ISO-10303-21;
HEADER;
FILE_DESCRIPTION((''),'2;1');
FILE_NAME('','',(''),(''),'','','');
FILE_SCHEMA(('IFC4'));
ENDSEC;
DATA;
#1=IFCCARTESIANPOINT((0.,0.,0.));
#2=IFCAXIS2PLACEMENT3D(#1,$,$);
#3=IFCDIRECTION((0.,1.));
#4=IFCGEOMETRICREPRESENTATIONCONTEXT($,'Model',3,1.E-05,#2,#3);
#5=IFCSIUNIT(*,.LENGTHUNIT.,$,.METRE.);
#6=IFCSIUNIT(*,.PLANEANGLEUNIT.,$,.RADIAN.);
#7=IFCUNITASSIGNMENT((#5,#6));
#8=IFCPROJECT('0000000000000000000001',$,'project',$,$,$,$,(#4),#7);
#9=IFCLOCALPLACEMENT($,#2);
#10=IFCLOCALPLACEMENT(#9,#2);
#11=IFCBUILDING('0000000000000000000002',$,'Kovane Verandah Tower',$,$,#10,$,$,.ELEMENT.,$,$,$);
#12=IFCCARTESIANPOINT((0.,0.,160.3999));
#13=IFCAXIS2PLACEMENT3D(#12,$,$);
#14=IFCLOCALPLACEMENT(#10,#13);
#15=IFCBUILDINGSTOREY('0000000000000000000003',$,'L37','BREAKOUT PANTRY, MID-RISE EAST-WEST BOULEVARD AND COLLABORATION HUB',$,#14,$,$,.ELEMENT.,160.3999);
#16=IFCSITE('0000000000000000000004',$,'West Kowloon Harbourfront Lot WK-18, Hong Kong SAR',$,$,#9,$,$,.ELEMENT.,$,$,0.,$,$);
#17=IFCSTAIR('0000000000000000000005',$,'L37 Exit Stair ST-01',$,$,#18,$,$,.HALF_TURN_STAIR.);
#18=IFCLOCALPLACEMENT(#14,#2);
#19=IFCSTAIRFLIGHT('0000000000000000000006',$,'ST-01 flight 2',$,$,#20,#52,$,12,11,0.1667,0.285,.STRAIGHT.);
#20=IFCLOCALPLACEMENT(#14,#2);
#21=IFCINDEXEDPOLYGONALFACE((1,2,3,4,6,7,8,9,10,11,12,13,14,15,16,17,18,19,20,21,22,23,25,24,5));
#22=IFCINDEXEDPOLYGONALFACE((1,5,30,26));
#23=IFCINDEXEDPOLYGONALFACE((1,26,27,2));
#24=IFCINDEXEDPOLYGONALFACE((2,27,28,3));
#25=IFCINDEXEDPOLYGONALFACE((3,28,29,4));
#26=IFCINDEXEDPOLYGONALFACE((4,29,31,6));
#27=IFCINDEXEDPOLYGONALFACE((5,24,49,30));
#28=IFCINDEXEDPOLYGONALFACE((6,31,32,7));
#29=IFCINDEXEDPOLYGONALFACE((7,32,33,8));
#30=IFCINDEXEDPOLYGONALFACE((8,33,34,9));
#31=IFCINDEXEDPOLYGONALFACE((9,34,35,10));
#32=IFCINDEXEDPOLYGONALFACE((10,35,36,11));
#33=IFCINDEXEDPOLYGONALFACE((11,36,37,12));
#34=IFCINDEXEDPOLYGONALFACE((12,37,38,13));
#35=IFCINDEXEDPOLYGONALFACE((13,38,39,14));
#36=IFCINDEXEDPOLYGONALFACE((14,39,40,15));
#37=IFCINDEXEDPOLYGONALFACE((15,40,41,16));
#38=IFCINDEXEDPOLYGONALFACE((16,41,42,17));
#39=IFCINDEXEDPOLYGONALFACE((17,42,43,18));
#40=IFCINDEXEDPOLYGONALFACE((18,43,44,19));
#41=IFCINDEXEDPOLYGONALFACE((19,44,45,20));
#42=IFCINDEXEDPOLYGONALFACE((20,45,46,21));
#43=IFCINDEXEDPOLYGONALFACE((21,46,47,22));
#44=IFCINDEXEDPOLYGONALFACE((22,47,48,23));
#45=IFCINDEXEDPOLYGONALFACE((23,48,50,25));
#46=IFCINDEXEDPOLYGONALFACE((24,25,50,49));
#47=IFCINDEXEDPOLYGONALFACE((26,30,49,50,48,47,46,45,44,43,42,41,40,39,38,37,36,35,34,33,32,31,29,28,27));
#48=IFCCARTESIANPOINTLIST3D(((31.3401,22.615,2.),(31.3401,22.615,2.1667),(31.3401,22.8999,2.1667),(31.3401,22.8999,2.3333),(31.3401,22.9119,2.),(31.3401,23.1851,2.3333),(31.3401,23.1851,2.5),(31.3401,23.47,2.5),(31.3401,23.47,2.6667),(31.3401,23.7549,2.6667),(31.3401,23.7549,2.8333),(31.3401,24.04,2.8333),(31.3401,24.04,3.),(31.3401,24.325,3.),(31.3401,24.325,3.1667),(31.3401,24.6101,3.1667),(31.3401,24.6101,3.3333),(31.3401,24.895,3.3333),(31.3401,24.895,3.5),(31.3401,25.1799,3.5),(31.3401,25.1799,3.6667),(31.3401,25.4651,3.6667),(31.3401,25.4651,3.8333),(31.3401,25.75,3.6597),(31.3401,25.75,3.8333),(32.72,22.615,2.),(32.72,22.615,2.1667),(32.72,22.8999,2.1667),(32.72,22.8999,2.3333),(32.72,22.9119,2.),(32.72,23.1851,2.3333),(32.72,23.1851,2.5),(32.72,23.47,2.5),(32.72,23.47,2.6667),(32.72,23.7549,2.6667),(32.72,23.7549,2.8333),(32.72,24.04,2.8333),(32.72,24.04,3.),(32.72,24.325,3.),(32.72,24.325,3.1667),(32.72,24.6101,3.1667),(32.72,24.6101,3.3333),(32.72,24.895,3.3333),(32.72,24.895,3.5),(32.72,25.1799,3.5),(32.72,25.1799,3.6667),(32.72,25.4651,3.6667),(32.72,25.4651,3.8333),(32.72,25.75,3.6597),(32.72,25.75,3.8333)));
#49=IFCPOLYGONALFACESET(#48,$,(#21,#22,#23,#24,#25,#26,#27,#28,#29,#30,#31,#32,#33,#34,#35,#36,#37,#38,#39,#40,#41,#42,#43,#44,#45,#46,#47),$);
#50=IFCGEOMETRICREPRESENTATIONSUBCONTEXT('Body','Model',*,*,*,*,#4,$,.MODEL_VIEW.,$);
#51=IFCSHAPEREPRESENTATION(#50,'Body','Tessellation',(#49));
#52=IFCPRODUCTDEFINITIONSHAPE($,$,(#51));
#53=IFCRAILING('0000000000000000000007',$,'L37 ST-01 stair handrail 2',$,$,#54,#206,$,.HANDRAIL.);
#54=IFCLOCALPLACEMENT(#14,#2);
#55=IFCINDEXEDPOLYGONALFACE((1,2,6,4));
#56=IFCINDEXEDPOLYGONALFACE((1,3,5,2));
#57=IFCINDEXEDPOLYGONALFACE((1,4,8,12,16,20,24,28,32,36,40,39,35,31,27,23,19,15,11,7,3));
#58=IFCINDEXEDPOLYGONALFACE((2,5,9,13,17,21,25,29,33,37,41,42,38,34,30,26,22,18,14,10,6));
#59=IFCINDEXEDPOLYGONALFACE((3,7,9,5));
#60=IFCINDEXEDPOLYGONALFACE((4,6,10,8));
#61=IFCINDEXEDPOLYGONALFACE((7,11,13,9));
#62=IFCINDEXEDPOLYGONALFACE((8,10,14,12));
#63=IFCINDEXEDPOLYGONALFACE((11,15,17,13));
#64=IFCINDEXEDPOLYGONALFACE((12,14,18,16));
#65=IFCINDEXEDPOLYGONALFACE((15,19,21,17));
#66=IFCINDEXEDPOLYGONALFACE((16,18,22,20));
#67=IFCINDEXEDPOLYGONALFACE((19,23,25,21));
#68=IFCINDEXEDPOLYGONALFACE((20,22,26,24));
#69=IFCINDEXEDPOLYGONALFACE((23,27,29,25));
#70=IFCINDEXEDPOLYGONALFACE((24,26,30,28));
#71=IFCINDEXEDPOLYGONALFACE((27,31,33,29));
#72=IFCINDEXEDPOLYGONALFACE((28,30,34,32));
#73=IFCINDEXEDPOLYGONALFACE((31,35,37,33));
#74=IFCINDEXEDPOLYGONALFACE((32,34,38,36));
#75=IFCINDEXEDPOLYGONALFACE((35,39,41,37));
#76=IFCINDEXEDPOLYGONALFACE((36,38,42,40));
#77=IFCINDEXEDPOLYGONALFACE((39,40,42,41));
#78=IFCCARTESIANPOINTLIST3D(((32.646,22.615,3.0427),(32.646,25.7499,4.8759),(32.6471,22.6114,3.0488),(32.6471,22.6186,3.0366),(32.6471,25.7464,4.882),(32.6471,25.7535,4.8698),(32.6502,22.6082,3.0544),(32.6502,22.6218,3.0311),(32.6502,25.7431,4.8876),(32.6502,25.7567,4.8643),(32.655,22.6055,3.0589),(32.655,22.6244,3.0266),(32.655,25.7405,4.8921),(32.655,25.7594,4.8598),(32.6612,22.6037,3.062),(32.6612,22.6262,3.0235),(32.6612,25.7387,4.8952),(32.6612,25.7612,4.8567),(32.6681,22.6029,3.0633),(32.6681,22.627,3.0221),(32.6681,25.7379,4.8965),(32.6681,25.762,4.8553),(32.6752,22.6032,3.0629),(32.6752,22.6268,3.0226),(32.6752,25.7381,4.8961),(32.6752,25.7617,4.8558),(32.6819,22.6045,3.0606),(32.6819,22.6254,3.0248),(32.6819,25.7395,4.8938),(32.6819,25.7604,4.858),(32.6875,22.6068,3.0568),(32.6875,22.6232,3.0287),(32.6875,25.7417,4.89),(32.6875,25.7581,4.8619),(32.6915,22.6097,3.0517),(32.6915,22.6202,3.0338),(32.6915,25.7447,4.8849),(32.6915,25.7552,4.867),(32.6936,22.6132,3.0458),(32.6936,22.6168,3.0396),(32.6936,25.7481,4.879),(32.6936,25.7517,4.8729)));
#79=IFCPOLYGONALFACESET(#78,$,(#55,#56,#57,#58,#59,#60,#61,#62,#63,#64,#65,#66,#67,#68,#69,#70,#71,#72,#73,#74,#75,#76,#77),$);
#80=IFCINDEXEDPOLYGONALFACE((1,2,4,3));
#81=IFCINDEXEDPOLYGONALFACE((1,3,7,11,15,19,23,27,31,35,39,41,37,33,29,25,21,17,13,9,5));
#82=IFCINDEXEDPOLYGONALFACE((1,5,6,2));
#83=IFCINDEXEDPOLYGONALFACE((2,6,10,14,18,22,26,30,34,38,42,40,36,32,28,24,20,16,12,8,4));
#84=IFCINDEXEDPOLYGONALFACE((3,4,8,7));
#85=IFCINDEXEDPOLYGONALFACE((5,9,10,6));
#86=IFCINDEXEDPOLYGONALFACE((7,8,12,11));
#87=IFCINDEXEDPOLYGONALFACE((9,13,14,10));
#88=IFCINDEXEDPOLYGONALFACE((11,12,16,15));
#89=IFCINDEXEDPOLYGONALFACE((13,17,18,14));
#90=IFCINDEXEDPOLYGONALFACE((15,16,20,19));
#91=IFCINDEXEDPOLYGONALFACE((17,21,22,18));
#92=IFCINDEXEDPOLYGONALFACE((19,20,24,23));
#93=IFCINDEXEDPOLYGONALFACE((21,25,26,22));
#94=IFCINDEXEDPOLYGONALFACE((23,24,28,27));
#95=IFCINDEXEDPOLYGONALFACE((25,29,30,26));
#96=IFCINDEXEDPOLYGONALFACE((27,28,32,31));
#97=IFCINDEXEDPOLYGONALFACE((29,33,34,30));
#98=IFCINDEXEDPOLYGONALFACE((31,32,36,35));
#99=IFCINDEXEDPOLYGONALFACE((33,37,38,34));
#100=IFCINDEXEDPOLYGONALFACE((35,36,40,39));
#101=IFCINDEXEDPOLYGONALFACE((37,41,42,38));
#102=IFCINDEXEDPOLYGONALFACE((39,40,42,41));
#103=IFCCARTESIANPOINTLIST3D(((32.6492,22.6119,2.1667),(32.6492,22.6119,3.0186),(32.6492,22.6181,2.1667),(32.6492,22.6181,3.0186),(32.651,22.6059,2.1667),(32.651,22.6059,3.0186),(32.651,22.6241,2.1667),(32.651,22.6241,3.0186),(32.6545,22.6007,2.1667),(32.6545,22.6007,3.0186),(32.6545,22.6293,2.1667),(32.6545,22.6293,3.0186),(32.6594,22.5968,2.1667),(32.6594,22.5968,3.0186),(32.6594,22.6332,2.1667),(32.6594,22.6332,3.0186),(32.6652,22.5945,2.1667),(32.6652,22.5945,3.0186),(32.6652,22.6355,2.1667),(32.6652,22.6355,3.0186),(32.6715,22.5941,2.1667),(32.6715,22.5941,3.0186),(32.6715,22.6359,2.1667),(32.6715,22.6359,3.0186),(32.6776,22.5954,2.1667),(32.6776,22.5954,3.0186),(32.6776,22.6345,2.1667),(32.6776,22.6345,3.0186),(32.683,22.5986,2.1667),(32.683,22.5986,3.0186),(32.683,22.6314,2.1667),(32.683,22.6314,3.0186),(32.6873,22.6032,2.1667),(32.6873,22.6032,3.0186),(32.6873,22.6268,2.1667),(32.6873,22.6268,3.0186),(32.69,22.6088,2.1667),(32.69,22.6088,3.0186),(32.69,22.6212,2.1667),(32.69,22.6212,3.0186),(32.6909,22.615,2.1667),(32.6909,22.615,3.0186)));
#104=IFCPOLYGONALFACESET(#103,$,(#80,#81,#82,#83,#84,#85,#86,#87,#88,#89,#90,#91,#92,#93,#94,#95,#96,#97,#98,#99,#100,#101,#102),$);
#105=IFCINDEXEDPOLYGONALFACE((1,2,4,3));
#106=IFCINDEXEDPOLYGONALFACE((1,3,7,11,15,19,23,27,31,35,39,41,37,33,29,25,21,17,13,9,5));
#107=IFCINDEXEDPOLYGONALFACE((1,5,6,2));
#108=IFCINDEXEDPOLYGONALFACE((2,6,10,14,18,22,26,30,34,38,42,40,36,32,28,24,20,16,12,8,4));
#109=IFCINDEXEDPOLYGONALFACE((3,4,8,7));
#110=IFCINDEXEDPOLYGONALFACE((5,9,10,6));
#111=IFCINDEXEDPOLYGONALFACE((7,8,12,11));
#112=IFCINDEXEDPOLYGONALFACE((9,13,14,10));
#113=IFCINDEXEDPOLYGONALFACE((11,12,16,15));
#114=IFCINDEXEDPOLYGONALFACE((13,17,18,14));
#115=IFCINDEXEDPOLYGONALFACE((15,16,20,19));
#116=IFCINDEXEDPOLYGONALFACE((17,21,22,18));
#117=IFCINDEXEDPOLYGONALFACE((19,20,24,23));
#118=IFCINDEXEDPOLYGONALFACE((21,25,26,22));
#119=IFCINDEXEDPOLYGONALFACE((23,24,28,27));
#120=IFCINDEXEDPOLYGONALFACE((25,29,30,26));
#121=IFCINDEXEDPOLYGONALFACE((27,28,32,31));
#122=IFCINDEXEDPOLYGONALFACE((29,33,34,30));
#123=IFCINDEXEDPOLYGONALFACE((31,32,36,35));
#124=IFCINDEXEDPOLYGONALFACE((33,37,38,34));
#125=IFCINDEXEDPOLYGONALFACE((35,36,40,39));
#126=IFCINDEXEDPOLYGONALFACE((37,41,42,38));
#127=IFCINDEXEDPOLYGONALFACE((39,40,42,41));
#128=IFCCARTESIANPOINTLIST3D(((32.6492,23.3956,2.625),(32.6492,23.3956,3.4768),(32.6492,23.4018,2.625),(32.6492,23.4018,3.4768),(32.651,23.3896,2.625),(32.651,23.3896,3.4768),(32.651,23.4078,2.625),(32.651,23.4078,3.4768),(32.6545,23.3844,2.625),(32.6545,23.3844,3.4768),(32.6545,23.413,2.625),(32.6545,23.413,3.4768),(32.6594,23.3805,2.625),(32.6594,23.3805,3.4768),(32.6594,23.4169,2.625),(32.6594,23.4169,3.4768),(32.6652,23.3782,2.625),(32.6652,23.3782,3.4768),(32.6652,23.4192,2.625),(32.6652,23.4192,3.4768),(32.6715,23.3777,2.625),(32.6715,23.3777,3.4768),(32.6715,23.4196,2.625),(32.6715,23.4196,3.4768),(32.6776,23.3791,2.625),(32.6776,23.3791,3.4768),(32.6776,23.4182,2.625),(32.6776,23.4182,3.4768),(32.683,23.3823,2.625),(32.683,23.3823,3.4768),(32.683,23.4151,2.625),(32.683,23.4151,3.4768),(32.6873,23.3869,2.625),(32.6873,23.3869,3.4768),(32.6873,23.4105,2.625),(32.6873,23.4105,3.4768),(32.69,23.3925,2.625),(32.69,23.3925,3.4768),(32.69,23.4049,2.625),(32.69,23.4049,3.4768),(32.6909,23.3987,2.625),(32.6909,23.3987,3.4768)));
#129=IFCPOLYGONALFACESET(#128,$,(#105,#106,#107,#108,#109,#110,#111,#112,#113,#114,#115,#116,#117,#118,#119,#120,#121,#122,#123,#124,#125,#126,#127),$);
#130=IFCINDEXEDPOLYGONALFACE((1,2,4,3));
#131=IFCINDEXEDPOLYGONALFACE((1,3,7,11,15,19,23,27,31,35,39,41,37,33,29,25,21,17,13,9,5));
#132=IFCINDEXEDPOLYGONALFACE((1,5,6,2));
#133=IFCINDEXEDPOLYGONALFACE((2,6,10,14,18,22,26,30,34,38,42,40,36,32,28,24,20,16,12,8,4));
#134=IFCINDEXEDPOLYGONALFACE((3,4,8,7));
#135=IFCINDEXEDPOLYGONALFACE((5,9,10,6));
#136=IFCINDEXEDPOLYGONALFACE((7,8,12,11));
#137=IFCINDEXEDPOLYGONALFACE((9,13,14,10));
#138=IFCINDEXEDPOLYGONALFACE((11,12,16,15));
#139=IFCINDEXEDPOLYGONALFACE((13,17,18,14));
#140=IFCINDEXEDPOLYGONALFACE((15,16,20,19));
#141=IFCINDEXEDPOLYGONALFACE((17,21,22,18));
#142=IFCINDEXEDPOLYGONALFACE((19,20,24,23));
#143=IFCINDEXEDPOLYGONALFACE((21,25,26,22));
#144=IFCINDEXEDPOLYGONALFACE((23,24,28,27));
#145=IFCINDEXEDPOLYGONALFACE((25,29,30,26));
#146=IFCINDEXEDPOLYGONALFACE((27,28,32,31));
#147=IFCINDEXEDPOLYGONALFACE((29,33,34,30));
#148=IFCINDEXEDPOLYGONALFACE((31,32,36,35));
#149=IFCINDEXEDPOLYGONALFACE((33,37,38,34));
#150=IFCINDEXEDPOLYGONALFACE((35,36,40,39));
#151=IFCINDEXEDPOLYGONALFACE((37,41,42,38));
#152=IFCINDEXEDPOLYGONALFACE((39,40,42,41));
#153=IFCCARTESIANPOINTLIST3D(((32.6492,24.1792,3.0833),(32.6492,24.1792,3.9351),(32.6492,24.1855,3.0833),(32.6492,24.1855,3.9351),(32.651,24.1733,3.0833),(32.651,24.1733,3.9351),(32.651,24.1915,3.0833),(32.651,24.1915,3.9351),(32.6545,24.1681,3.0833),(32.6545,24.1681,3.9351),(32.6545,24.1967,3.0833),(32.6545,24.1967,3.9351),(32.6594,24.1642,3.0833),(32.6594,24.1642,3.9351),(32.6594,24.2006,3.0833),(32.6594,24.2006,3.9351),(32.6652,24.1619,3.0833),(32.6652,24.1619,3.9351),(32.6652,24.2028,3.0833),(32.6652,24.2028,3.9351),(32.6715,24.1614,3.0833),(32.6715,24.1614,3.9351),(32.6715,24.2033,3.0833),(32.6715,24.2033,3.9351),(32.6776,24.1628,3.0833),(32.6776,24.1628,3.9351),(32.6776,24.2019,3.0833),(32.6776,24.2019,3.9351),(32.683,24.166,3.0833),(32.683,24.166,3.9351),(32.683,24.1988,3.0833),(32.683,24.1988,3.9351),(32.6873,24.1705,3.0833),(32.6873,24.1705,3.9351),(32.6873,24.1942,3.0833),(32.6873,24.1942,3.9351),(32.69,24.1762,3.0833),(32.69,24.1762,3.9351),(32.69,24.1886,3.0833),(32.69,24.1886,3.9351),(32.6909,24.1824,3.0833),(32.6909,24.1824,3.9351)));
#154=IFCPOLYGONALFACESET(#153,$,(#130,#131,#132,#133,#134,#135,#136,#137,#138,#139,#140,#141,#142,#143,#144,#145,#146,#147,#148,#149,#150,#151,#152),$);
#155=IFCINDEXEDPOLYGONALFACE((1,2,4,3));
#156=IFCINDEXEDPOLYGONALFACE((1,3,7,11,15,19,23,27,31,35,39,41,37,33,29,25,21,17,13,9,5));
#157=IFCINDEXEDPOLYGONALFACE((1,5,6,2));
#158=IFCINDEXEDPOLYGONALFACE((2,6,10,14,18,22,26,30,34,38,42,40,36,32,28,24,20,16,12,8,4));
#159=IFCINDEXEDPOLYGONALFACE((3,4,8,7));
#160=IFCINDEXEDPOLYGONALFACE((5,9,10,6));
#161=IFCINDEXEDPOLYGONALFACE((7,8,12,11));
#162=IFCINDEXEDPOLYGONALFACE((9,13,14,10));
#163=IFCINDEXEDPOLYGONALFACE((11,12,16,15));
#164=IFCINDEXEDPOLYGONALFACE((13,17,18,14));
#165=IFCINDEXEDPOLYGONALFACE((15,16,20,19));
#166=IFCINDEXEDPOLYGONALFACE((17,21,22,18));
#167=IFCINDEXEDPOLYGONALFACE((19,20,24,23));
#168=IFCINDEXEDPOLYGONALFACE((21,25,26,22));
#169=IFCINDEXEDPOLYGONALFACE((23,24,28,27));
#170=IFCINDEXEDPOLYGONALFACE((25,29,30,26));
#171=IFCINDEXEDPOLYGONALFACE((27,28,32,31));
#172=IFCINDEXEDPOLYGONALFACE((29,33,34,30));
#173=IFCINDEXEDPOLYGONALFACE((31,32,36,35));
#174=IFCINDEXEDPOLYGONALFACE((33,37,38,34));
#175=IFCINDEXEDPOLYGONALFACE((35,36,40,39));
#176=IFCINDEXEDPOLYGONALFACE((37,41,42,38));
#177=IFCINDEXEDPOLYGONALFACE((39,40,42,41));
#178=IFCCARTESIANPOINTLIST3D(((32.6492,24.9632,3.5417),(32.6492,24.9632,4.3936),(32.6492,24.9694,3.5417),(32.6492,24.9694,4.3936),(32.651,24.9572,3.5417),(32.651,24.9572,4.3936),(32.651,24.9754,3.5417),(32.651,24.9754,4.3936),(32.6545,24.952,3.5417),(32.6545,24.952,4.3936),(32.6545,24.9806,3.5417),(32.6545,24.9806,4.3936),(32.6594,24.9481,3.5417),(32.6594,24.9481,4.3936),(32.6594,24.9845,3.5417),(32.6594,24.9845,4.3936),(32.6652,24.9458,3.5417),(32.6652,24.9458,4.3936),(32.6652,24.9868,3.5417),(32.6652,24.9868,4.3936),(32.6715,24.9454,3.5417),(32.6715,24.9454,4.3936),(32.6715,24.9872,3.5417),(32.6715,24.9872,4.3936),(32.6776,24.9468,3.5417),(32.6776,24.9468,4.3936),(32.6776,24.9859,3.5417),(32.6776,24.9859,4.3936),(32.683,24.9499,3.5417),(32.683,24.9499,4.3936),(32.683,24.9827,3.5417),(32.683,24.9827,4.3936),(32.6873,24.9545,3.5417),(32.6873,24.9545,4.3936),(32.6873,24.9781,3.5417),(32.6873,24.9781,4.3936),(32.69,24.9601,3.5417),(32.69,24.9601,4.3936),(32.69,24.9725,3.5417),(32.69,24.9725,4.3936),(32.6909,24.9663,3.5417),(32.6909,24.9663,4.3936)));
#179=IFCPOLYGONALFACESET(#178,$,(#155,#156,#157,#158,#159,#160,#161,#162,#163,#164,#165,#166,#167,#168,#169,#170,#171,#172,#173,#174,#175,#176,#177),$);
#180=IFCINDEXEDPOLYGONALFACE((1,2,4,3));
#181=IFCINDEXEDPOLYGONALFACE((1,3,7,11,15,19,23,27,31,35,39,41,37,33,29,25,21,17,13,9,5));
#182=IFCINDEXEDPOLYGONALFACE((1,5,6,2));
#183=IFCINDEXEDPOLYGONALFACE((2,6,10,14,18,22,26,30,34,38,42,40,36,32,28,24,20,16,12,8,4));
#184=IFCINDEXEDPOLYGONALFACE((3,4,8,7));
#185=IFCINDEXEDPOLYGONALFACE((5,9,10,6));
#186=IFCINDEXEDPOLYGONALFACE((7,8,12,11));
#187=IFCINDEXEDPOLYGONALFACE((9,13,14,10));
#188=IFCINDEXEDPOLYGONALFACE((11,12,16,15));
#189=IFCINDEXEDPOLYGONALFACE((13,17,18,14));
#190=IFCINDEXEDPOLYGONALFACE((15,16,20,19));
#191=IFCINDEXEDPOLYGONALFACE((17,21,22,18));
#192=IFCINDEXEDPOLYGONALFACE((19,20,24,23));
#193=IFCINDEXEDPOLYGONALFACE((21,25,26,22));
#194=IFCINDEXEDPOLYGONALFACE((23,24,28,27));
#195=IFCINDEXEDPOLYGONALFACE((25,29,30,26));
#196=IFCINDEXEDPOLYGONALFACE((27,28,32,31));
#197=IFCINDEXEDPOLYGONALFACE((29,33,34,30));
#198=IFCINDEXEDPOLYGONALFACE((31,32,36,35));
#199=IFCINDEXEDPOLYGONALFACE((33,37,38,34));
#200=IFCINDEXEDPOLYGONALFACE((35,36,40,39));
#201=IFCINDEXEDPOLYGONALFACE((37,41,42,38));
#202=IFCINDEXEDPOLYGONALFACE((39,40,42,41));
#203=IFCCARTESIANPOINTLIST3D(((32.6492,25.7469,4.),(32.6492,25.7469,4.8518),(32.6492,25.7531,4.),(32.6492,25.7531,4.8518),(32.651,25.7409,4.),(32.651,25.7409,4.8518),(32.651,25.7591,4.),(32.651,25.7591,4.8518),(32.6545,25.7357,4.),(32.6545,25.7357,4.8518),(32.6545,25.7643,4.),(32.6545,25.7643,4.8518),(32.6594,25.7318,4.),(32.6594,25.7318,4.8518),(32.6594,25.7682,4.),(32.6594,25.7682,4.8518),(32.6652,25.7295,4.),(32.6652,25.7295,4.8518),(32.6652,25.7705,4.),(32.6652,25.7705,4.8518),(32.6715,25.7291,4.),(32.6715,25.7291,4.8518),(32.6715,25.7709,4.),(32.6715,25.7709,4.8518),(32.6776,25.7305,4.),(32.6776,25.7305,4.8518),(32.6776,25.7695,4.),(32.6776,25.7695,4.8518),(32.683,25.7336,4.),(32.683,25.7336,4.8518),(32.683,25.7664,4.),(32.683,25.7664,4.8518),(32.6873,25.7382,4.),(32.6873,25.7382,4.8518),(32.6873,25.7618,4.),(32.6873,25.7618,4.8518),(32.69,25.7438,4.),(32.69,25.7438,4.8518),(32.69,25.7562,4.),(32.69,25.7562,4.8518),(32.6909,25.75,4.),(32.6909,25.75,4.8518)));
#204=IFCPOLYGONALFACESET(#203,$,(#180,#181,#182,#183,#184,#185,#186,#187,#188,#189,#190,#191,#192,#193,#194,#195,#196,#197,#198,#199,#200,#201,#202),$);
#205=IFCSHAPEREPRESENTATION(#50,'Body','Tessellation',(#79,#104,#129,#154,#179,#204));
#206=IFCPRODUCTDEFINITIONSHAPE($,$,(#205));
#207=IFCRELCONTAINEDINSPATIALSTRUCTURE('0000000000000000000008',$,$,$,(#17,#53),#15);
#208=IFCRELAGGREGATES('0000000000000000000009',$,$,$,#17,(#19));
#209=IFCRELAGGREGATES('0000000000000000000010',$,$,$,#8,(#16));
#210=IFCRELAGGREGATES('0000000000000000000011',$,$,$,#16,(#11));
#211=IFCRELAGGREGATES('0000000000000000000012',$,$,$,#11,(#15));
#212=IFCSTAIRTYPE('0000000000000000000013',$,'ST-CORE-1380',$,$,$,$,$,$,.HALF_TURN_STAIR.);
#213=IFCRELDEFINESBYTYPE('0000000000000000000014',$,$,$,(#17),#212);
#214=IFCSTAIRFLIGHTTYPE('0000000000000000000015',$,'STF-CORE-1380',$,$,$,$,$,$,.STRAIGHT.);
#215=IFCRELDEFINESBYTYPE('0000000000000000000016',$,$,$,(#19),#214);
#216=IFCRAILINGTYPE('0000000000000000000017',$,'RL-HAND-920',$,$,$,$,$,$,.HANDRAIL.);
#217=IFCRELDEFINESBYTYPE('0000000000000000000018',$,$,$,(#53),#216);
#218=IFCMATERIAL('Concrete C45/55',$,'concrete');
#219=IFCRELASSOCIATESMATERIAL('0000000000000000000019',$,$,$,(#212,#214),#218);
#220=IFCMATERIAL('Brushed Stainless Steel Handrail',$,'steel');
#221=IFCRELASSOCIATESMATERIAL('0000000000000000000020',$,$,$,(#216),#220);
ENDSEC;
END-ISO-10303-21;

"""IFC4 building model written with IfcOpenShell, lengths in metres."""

from ifc_helpers import new_model, si_unit, direction, frame, origin, origin_2d, place, context, subcontext, project, spatial, polyline, circle, outline, extrude, material, type_object, element, aggregate, save


model = new_model("IFC4")

# Units and contexts
model_context = context("Model", 3, precision=1e-05, world=origin(), true_north=direction((0.0, 1.0)))
body_context = subcontext(model_context, "Body", "Model", "MODEL_VIEW")
ifc_project = project(units=[si_unit("LENGTHUNIT", "METRE"), si_unit("PLANEANGLEUNIT", "RADIAN")], contexts=[model_context])

# Site, building, storey
site_placement = place(None, origin())
site = spatial("IfcSite", under=ifc_project, at=site_placement, Name="West Kowloon Harbourfront Lot WK-18, Hong Kong SAR", CompositionType="ELEMENT", RefElevation=0.0)
building_placement = place(site_placement, origin())
building = spatial("IfcBuilding", under=site, at=building_placement, Name="Kovane Verandah Tower", CompositionType="ELEMENT")
storey_placement = place(building_placement, frame((0.0, 0.0, 160.3999)))
storey = spatial("IfcBuildingStorey", under=building, at=storey_placement, Name="L37", Description="BREAKOUT PANTRY, MID-RISE EAST-WEST BOULEVARD AND COLLABORATION HUB", CompositionType="ELEMENT", Elevation=160.3999)

# Shared definitions
ifc_material_1 = material(Name="Concrete C45/55", Category="concrete")

# Stair, stair flight
stair_type = type_object("IfcStairType", Name="ST-CORE-1380", PredefinedType="HALF_TURN_STAIR", material=ifc_material_1)
stair_placement = place(storey_placement, origin())
stair = element("IfcStair", 1, at=stair_placement, inside=storey, type_object=stair_type, Name="L37 Exit Stair ST-01", PredefinedType="HALF_TURN_STAIR")
stair_flight_type = type_object("IfcStairFlightType", Name="STF-CORE-1380", PredefinedType="STRAIGHT", material=ifc_material_1)
stair_flight_placement = place(storey_placement, frame((32.03, 22.615, 2.0), z_axis=(0.0, 0.0, 1.0), x_axis=(0.0, 1.0, 0.0)))
stair_flight = element("IfcStairFlight", 2, at=stair_flight_placement, type_object=stair_flight_type, Name="ST-01 flight 2", NumberOfRisers=12, NumberOfTreads=11, PredefinedType="STRAIGHT", RiserHeight=0.1667, TreadLength=0.285, context=body_context, shape_type="SweptSolid", body=[
    extrude(outline(polyline([(0.0, 0.0), (0.0, 0.1667), (0.2849, 0.1667), (0.2849, 0.3333), (0.5701, 0.3333), (0.5701, 0.5), (0.855, 0.5), (0.855, 0.6667), (1.1399, 0.6667), (1.1399, 0.8333), (1.425, 0.8333), (1.425, 1.0), (1.71, 1.0), (1.71, 1.1667), (1.9951, 1.1667), (1.9951, 1.3333), (2.28, 1.3333), (2.28, 1.5), (2.5649, 1.5), (2.5649, 1.6667), (2.8501, 1.6667), (2.8501, 1.8333), (3.135, 1.8333), (3.135, 2.0), (3.135, 1.6597), (0.2969, 0.0), (0.0, 0.0)])), frame((0.0, 0.6899, 0.0), z_axis=(0.0, -1.0, 0.0), x_axis=(1.0, 0.0, 0.0)), (0.0, 0.0, 1.0), 1.3799),
])
aggregate(stair, [stair_flight])

# Railing
ifc_material_2 = material(Name="Brushed Stainless Steel Handrail", Category="steel")
railing_type_1 = type_object("IfcRailingType", Name="RL-HAND-920", PredefinedType="HANDRAIL", material=ifc_material_2)
railing_1_placement = place(storey_placement, frame((32.6699, 22.615, 2.1667)))
element("IfcRailing", 3, at=railing_1_placement, inside=storey, type_object=railing_type_1, Name="L37 ST-01 stair handrail 2", PredefinedType="HANDRAIL", context=body_context, shape_type="SweptSolid", body=[
    extrude(circle(Radius=0.0239, at=origin_2d()), frame((0.0, 0.0, 0.876), z_axis=(0.0, 0.86324, 0.504794), x_axis=(-1.0, 0.0, 0.0)), (0.0, 0.0, 1.0), 3.6316),
    extrude(circle(Radius=0.021, at=origin_2d()), origin(), (0.0, 0.0, 1.0), 0.8518),
    extrude(circle(Radius=0.021, at=origin_2d()), frame((0.0, 0.7837, 0.4583)), (0.0, 0.0, 1.0), 0.8518),
    extrude(circle(Radius=0.021, at=origin_2d()), frame((0.0, 1.5674, 0.9165)), (0.0, 0.0, 1.0), 0.8518),
    extrude(circle(Radius=0.021, at=origin_2d()), frame((0.0, 2.3513, 1.375)), (0.0, 0.0, 1.0), 0.8518),
    extrude(circle(Radius=0.021, at=origin_2d()), frame((0.0, 3.135, 1.8333)), (0.0, 0.0, 1.0), 0.8518),
])

save(model, "model.ifc")
